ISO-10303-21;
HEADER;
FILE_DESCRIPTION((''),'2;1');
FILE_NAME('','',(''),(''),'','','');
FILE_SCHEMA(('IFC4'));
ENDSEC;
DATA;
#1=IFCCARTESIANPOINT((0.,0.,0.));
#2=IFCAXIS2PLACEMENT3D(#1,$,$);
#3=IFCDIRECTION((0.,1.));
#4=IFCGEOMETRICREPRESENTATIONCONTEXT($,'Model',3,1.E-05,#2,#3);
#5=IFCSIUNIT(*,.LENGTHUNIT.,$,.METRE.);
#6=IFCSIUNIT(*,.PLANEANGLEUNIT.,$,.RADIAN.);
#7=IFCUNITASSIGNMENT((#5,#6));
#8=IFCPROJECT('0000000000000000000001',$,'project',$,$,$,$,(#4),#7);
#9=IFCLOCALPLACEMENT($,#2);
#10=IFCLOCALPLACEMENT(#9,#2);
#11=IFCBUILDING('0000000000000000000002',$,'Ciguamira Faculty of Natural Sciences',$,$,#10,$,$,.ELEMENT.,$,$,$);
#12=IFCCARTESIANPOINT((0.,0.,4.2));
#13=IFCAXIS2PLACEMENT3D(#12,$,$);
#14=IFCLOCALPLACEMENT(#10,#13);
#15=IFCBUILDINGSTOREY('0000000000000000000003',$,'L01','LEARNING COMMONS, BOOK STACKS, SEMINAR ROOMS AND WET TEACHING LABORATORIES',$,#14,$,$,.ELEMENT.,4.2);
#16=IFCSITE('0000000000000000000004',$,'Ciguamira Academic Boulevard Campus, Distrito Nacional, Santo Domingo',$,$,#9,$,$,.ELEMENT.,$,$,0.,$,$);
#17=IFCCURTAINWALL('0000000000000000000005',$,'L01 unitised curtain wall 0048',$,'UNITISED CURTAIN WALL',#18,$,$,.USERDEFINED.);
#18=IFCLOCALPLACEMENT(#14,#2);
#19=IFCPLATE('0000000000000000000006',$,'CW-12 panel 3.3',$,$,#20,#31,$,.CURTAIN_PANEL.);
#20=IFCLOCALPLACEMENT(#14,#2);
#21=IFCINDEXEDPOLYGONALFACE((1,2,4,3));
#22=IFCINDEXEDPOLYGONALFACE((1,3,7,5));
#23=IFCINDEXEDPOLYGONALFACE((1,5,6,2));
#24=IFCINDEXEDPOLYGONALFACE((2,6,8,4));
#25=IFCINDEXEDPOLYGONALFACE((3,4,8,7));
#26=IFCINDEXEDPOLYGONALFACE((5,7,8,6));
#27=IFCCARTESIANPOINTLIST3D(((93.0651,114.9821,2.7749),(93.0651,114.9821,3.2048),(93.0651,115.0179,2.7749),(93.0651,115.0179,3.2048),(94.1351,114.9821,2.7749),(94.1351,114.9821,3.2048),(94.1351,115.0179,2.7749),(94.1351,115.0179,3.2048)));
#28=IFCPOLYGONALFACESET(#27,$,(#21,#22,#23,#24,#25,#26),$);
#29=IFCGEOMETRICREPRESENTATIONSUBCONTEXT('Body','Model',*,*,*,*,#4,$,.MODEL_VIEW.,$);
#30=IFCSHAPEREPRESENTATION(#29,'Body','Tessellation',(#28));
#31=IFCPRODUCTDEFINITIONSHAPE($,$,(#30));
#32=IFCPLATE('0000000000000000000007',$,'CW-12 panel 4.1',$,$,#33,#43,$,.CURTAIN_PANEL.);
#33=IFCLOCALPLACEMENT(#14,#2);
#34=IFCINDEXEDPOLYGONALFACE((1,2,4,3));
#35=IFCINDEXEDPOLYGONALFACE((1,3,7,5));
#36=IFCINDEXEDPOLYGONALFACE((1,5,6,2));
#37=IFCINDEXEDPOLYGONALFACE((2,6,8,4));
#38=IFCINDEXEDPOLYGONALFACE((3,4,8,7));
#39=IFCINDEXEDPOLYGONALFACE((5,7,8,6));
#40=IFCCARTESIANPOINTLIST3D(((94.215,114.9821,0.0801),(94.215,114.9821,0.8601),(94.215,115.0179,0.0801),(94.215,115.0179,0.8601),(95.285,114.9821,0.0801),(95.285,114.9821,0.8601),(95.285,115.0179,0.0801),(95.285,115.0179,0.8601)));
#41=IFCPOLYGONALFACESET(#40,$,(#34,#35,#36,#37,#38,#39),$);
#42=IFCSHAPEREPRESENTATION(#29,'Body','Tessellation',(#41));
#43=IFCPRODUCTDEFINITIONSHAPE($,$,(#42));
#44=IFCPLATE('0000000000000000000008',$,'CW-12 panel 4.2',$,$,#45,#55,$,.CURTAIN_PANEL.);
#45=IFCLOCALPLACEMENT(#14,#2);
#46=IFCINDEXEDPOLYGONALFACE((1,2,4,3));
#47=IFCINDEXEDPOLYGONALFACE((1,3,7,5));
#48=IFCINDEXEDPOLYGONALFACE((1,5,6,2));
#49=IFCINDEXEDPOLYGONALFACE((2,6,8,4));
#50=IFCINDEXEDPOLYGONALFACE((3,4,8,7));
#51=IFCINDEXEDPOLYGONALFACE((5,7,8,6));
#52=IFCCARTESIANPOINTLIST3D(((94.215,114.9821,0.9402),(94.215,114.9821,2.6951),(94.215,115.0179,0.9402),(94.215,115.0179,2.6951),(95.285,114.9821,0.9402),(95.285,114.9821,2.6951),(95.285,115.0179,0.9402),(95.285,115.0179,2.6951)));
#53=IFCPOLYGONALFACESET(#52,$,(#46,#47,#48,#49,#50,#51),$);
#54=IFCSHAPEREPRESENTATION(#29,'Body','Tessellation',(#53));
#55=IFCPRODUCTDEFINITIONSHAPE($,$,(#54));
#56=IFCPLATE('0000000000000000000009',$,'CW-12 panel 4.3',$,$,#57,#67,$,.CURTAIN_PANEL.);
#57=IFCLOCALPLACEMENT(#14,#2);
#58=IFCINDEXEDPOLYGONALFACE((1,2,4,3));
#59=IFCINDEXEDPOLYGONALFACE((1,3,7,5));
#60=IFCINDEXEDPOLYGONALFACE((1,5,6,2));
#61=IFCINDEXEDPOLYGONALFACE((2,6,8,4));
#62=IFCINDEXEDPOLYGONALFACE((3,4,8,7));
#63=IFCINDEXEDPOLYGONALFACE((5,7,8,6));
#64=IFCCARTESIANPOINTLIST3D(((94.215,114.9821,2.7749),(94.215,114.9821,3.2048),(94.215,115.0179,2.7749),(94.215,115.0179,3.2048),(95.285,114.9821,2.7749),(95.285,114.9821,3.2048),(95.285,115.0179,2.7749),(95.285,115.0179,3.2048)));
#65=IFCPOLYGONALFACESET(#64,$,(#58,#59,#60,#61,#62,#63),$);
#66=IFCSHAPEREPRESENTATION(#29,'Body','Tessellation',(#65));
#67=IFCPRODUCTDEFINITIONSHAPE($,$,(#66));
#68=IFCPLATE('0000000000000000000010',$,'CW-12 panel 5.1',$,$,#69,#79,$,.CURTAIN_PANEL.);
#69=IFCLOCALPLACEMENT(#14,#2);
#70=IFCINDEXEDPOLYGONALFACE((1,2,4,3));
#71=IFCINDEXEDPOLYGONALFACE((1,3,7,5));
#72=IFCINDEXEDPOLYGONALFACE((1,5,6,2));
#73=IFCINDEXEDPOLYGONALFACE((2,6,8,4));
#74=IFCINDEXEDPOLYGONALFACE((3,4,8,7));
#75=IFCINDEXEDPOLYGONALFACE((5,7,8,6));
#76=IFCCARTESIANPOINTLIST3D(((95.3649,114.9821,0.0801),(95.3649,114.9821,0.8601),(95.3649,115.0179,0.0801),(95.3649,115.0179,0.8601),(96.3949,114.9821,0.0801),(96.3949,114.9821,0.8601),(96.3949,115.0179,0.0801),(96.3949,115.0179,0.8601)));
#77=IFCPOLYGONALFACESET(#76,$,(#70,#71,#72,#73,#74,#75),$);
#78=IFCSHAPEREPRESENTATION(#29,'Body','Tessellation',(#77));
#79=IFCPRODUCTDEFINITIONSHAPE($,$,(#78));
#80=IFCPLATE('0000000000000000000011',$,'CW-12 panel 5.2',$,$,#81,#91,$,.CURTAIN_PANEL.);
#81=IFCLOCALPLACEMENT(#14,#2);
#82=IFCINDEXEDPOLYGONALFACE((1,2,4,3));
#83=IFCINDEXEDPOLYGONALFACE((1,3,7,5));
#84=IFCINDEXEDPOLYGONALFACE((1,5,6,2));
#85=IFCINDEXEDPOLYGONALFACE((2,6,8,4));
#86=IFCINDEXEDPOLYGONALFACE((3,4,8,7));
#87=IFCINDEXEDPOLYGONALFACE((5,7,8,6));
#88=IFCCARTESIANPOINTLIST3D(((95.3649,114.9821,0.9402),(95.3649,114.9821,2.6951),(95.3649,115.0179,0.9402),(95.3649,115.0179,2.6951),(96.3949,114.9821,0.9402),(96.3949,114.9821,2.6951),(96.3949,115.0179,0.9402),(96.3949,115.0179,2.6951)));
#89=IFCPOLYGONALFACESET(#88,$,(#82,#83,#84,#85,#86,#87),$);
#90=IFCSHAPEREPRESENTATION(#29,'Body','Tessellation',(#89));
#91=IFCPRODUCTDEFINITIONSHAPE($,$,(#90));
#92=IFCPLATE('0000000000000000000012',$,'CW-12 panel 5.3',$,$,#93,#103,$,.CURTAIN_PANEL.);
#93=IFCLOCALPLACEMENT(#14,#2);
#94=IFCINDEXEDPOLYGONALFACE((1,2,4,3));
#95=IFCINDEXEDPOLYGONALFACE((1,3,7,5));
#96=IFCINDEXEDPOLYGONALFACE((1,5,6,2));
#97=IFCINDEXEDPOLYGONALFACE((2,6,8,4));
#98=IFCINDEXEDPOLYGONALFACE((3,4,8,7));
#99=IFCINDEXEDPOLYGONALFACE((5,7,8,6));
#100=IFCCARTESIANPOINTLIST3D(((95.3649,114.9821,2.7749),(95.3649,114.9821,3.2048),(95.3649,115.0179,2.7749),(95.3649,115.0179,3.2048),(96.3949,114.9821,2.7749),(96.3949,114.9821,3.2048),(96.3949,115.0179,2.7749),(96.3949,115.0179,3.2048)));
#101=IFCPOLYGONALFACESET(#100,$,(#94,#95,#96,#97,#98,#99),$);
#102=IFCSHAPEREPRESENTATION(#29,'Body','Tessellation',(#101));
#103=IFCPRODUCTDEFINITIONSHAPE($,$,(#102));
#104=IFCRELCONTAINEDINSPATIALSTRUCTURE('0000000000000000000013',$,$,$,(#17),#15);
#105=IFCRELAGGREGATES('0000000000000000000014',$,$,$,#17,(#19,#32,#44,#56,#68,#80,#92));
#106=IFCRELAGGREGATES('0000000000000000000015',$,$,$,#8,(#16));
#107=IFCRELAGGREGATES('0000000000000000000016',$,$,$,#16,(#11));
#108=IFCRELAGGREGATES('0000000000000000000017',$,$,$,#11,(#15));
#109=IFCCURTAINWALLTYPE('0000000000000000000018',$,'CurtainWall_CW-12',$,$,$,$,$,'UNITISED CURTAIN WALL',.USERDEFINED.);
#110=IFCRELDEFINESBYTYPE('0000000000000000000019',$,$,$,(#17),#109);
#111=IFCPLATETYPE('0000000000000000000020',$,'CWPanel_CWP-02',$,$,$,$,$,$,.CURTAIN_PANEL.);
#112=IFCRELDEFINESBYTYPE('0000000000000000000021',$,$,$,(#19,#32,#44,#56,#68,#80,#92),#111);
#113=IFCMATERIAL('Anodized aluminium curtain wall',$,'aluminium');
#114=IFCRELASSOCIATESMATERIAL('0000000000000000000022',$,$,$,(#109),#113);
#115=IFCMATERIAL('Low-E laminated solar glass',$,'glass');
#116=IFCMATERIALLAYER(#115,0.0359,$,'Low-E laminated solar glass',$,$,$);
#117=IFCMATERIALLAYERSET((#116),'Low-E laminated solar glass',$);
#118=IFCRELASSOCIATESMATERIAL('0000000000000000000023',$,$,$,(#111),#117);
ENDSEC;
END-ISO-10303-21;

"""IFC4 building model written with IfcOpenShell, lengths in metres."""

from ifc_helpers import new_model, si_unit, direction, frame, origin, origin_2d, place, context, subcontext, project, spatial, rectangle, extrude, material, layer, layer_set, type_object, element, aggregate, save


model = new_model("IFC4")

# Units and contexts
model_context = context("Model", 3, precision=1e-05, world=origin(), true_north=direction((0.0, 1.0)))
body_context = subcontext(model_context, "Body", "Model", "MODEL_VIEW")
ifc_project = project(units=[si_unit("LENGTHUNIT", "METRE"), si_unit("PLANEANGLEUNIT", "RADIAN")], contexts=[model_context])

# Site, building, storey
site_placement = place(None, origin())
site = spatial("IfcSite", under=ifc_project, at=site_placement, Name="Ciguamira Academic Boulevard Campus, Distrito Nacional, Santo Domingo", CompositionType="ELEMENT", RefElevation=0.0)
building_placement = place(site_placement, origin())
building = spatial("IfcBuilding", under=site, at=building_placement, Name="Ciguamira Faculty of Natural Sciences", CompositionType="ELEMENT")
storey_placement = place(building_placement, frame((0.0, 0.0, 4.2)))
storey = spatial("IfcBuildingStorey", under=building, at=storey_placement, Name="L01", Description="LEARNING COMMONS, BOOK STACKS, SEMINAR ROOMS AND WET TEACHING LABORATORIES", CompositionType="ELEMENT", Elevation=4.2)

# Curtain wall, plates
ifc_material_1 = material(Name="Anodized aluminium curtain wall", Category="aluminium")
curtain_wall_type = type_object("IfcCurtainWallType", Name="CurtainWall_CW-12", ElementType="UNITISED CURTAIN WALL", PredefinedType="USERDEFINED", material=ifc_material_1)
curtain_wall_placement = place(storey_placement, origin())
curtain_wall = element("IfcCurtainWall", 1, at=curtain_wall_placement, inside=storey, type_object=curtain_wall_type, Name="L01 unitised curtain wall 0048", ObjectType="UNITISED CURTAIN WALL", PredefinedType="USERDEFINED")
ifc_material_2 = material(Name="Low-E laminated solar glass", Category="glass")
ifc_layer = layer(ifc_material_2, 0.0359, Name="Low-E laminated solar glass")
ifc_layer_set = layer_set([ifc_layer], Name="Low-E laminated solar glass")
plate_type = type_object("IfcPlateType", Name="CWPanel_CWP-02", PredefinedType="CURTAIN_PANEL", material=ifc_layer_set)
plate_1_placement = place(storey_placement, frame((93.6001, 115.0, 2.7749), z_axis=(0.0, 0.0, 1.0), x_axis=(1.0, 0.0, 0.0)))
plate_1 = element("IfcPlate", 2, at=plate_1_placement, type_object=plate_type, Name="CW-12 panel 3.3", PredefinedType="CURTAIN_PANEL", context=body_context, shape_type="SweptSolid", body=[
    extrude(rectangle(XDim=1.0701, YDim=0.0359, at=origin_2d()), origin(), (0.0, 0.0, 1.0), 0.4299),
])
plate_2_placement = place(storey_placement, frame((94.75, 115.0, 0.0801), z_axis=(0.0, 0.0, 1.0), x_axis=(1.0, 0.0, 0.0)))
plate_2 = element("IfcPlate", 3, at=plate_2_placement, type_object=plate_type, Name="CW-12 panel 4.1", PredefinedType="CURTAIN_PANEL", context=body_context, shape_type="SweptSolid", body=[
    extrude(rectangle(XDim=1.0701, YDim=0.0359, at=origin_2d()), origin(), (0.0, 0.0, 1.0), 0.78),
])
plate_3_placement = place(storey_placement, frame((94.75, 115.0, 0.9402), z_axis=(0.0, 0.0, 1.0), x_axis=(1.0, 0.0, 0.0)))
plate_3 = element("IfcPlate", 4, at=plate_3_placement, type_object=plate_type, Name="CW-12 panel 4.2", PredefinedType="CURTAIN_PANEL", context=body_context, shape_type="SweptSolid", body=[
    extrude(rectangle(XDim=1.0701, YDim=0.0359, at=origin_2d()), origin(), (0.0, 0.0, 1.0), 1.7549),
])
plate_4_placement = place(storey_placement, frame((94.75, 115.0, 2.7749), z_axis=(0.0, 0.0, 1.0), x_axis=(1.0, 0.0, 0.0)))
plate_4 = element("IfcPlate", 5, at=plate_4_placement, type_object=plate_type, Name="CW-12 panel 4.3", PredefinedType="CURTAIN_PANEL", context=body_context, shape_type="SweptSolid", body=[
    extrude(rectangle(XDim=1.0701, YDim=0.0359, at=origin_2d()), origin(), (0.0, 0.0, 1.0), 0.4299),
])
plate_5_placement = place(storey_placement, frame((95.8799, 115.0, 0.0801), z_axis=(0.0, 0.0, 1.0), x_axis=(1.0, 0.0, 0.0)))
plate_5 = element("IfcPlate", 6, at=plate_5_placement, type_object=plate_type, Name="CW-12 panel 5.1", PredefinedType="CURTAIN_PANEL", context=body_context, shape_type="SweptSolid", body=[
    extrude(rectangle(XDim=1.03, YDim=0.0359, at=origin_2d()), origin(), (0.0, 0.0, 1.0), 0.78),
])
plate_6_placement = place(storey_placement, frame((95.8799, 115.0, 0.9402), z_axis=(0.0, 0.0, 1.0), x_axis=(1.0, 0.0, 0.0)))
plate_6 = element("IfcPlate", 7, at=plate_6_placement, type_object=plate_type, Name="CW-12 panel 5.2", PredefinedType="CURTAIN_PANEL", context=body_context, shape_type="SweptSolid", body=[
    extrude(rectangle(XDim=1.03, YDim=0.0359, at=origin_2d()), origin(), (0.0, 0.0, 1.0), 1.7549),
])
plate_7_placement = place(storey_placement, frame((95.8799, 115.0, 2.7749), z_axis=(0.0, 0.0, 1.0), x_axis=(1.0, 0.0, 0.0)))
plate_7 = element("IfcPlate", 8, at=plate_7_placement, type_object=plate_type, Name="CW-12 panel 5.3", PredefinedType="CURTAIN_PANEL", context=body_context, shape_type="SweptSolid", body=[
    extrude(rectangle(XDim=1.03, YDim=0.0359, at=origin_2d()), origin(), (0.0, 0.0, 1.0), 0.4299),
])
aggregate(curtain_wall, [plate_1, plate_2, plate_3, plate_4, plate_5, plate_6, plate_7])

save(model, "model.ifc")
